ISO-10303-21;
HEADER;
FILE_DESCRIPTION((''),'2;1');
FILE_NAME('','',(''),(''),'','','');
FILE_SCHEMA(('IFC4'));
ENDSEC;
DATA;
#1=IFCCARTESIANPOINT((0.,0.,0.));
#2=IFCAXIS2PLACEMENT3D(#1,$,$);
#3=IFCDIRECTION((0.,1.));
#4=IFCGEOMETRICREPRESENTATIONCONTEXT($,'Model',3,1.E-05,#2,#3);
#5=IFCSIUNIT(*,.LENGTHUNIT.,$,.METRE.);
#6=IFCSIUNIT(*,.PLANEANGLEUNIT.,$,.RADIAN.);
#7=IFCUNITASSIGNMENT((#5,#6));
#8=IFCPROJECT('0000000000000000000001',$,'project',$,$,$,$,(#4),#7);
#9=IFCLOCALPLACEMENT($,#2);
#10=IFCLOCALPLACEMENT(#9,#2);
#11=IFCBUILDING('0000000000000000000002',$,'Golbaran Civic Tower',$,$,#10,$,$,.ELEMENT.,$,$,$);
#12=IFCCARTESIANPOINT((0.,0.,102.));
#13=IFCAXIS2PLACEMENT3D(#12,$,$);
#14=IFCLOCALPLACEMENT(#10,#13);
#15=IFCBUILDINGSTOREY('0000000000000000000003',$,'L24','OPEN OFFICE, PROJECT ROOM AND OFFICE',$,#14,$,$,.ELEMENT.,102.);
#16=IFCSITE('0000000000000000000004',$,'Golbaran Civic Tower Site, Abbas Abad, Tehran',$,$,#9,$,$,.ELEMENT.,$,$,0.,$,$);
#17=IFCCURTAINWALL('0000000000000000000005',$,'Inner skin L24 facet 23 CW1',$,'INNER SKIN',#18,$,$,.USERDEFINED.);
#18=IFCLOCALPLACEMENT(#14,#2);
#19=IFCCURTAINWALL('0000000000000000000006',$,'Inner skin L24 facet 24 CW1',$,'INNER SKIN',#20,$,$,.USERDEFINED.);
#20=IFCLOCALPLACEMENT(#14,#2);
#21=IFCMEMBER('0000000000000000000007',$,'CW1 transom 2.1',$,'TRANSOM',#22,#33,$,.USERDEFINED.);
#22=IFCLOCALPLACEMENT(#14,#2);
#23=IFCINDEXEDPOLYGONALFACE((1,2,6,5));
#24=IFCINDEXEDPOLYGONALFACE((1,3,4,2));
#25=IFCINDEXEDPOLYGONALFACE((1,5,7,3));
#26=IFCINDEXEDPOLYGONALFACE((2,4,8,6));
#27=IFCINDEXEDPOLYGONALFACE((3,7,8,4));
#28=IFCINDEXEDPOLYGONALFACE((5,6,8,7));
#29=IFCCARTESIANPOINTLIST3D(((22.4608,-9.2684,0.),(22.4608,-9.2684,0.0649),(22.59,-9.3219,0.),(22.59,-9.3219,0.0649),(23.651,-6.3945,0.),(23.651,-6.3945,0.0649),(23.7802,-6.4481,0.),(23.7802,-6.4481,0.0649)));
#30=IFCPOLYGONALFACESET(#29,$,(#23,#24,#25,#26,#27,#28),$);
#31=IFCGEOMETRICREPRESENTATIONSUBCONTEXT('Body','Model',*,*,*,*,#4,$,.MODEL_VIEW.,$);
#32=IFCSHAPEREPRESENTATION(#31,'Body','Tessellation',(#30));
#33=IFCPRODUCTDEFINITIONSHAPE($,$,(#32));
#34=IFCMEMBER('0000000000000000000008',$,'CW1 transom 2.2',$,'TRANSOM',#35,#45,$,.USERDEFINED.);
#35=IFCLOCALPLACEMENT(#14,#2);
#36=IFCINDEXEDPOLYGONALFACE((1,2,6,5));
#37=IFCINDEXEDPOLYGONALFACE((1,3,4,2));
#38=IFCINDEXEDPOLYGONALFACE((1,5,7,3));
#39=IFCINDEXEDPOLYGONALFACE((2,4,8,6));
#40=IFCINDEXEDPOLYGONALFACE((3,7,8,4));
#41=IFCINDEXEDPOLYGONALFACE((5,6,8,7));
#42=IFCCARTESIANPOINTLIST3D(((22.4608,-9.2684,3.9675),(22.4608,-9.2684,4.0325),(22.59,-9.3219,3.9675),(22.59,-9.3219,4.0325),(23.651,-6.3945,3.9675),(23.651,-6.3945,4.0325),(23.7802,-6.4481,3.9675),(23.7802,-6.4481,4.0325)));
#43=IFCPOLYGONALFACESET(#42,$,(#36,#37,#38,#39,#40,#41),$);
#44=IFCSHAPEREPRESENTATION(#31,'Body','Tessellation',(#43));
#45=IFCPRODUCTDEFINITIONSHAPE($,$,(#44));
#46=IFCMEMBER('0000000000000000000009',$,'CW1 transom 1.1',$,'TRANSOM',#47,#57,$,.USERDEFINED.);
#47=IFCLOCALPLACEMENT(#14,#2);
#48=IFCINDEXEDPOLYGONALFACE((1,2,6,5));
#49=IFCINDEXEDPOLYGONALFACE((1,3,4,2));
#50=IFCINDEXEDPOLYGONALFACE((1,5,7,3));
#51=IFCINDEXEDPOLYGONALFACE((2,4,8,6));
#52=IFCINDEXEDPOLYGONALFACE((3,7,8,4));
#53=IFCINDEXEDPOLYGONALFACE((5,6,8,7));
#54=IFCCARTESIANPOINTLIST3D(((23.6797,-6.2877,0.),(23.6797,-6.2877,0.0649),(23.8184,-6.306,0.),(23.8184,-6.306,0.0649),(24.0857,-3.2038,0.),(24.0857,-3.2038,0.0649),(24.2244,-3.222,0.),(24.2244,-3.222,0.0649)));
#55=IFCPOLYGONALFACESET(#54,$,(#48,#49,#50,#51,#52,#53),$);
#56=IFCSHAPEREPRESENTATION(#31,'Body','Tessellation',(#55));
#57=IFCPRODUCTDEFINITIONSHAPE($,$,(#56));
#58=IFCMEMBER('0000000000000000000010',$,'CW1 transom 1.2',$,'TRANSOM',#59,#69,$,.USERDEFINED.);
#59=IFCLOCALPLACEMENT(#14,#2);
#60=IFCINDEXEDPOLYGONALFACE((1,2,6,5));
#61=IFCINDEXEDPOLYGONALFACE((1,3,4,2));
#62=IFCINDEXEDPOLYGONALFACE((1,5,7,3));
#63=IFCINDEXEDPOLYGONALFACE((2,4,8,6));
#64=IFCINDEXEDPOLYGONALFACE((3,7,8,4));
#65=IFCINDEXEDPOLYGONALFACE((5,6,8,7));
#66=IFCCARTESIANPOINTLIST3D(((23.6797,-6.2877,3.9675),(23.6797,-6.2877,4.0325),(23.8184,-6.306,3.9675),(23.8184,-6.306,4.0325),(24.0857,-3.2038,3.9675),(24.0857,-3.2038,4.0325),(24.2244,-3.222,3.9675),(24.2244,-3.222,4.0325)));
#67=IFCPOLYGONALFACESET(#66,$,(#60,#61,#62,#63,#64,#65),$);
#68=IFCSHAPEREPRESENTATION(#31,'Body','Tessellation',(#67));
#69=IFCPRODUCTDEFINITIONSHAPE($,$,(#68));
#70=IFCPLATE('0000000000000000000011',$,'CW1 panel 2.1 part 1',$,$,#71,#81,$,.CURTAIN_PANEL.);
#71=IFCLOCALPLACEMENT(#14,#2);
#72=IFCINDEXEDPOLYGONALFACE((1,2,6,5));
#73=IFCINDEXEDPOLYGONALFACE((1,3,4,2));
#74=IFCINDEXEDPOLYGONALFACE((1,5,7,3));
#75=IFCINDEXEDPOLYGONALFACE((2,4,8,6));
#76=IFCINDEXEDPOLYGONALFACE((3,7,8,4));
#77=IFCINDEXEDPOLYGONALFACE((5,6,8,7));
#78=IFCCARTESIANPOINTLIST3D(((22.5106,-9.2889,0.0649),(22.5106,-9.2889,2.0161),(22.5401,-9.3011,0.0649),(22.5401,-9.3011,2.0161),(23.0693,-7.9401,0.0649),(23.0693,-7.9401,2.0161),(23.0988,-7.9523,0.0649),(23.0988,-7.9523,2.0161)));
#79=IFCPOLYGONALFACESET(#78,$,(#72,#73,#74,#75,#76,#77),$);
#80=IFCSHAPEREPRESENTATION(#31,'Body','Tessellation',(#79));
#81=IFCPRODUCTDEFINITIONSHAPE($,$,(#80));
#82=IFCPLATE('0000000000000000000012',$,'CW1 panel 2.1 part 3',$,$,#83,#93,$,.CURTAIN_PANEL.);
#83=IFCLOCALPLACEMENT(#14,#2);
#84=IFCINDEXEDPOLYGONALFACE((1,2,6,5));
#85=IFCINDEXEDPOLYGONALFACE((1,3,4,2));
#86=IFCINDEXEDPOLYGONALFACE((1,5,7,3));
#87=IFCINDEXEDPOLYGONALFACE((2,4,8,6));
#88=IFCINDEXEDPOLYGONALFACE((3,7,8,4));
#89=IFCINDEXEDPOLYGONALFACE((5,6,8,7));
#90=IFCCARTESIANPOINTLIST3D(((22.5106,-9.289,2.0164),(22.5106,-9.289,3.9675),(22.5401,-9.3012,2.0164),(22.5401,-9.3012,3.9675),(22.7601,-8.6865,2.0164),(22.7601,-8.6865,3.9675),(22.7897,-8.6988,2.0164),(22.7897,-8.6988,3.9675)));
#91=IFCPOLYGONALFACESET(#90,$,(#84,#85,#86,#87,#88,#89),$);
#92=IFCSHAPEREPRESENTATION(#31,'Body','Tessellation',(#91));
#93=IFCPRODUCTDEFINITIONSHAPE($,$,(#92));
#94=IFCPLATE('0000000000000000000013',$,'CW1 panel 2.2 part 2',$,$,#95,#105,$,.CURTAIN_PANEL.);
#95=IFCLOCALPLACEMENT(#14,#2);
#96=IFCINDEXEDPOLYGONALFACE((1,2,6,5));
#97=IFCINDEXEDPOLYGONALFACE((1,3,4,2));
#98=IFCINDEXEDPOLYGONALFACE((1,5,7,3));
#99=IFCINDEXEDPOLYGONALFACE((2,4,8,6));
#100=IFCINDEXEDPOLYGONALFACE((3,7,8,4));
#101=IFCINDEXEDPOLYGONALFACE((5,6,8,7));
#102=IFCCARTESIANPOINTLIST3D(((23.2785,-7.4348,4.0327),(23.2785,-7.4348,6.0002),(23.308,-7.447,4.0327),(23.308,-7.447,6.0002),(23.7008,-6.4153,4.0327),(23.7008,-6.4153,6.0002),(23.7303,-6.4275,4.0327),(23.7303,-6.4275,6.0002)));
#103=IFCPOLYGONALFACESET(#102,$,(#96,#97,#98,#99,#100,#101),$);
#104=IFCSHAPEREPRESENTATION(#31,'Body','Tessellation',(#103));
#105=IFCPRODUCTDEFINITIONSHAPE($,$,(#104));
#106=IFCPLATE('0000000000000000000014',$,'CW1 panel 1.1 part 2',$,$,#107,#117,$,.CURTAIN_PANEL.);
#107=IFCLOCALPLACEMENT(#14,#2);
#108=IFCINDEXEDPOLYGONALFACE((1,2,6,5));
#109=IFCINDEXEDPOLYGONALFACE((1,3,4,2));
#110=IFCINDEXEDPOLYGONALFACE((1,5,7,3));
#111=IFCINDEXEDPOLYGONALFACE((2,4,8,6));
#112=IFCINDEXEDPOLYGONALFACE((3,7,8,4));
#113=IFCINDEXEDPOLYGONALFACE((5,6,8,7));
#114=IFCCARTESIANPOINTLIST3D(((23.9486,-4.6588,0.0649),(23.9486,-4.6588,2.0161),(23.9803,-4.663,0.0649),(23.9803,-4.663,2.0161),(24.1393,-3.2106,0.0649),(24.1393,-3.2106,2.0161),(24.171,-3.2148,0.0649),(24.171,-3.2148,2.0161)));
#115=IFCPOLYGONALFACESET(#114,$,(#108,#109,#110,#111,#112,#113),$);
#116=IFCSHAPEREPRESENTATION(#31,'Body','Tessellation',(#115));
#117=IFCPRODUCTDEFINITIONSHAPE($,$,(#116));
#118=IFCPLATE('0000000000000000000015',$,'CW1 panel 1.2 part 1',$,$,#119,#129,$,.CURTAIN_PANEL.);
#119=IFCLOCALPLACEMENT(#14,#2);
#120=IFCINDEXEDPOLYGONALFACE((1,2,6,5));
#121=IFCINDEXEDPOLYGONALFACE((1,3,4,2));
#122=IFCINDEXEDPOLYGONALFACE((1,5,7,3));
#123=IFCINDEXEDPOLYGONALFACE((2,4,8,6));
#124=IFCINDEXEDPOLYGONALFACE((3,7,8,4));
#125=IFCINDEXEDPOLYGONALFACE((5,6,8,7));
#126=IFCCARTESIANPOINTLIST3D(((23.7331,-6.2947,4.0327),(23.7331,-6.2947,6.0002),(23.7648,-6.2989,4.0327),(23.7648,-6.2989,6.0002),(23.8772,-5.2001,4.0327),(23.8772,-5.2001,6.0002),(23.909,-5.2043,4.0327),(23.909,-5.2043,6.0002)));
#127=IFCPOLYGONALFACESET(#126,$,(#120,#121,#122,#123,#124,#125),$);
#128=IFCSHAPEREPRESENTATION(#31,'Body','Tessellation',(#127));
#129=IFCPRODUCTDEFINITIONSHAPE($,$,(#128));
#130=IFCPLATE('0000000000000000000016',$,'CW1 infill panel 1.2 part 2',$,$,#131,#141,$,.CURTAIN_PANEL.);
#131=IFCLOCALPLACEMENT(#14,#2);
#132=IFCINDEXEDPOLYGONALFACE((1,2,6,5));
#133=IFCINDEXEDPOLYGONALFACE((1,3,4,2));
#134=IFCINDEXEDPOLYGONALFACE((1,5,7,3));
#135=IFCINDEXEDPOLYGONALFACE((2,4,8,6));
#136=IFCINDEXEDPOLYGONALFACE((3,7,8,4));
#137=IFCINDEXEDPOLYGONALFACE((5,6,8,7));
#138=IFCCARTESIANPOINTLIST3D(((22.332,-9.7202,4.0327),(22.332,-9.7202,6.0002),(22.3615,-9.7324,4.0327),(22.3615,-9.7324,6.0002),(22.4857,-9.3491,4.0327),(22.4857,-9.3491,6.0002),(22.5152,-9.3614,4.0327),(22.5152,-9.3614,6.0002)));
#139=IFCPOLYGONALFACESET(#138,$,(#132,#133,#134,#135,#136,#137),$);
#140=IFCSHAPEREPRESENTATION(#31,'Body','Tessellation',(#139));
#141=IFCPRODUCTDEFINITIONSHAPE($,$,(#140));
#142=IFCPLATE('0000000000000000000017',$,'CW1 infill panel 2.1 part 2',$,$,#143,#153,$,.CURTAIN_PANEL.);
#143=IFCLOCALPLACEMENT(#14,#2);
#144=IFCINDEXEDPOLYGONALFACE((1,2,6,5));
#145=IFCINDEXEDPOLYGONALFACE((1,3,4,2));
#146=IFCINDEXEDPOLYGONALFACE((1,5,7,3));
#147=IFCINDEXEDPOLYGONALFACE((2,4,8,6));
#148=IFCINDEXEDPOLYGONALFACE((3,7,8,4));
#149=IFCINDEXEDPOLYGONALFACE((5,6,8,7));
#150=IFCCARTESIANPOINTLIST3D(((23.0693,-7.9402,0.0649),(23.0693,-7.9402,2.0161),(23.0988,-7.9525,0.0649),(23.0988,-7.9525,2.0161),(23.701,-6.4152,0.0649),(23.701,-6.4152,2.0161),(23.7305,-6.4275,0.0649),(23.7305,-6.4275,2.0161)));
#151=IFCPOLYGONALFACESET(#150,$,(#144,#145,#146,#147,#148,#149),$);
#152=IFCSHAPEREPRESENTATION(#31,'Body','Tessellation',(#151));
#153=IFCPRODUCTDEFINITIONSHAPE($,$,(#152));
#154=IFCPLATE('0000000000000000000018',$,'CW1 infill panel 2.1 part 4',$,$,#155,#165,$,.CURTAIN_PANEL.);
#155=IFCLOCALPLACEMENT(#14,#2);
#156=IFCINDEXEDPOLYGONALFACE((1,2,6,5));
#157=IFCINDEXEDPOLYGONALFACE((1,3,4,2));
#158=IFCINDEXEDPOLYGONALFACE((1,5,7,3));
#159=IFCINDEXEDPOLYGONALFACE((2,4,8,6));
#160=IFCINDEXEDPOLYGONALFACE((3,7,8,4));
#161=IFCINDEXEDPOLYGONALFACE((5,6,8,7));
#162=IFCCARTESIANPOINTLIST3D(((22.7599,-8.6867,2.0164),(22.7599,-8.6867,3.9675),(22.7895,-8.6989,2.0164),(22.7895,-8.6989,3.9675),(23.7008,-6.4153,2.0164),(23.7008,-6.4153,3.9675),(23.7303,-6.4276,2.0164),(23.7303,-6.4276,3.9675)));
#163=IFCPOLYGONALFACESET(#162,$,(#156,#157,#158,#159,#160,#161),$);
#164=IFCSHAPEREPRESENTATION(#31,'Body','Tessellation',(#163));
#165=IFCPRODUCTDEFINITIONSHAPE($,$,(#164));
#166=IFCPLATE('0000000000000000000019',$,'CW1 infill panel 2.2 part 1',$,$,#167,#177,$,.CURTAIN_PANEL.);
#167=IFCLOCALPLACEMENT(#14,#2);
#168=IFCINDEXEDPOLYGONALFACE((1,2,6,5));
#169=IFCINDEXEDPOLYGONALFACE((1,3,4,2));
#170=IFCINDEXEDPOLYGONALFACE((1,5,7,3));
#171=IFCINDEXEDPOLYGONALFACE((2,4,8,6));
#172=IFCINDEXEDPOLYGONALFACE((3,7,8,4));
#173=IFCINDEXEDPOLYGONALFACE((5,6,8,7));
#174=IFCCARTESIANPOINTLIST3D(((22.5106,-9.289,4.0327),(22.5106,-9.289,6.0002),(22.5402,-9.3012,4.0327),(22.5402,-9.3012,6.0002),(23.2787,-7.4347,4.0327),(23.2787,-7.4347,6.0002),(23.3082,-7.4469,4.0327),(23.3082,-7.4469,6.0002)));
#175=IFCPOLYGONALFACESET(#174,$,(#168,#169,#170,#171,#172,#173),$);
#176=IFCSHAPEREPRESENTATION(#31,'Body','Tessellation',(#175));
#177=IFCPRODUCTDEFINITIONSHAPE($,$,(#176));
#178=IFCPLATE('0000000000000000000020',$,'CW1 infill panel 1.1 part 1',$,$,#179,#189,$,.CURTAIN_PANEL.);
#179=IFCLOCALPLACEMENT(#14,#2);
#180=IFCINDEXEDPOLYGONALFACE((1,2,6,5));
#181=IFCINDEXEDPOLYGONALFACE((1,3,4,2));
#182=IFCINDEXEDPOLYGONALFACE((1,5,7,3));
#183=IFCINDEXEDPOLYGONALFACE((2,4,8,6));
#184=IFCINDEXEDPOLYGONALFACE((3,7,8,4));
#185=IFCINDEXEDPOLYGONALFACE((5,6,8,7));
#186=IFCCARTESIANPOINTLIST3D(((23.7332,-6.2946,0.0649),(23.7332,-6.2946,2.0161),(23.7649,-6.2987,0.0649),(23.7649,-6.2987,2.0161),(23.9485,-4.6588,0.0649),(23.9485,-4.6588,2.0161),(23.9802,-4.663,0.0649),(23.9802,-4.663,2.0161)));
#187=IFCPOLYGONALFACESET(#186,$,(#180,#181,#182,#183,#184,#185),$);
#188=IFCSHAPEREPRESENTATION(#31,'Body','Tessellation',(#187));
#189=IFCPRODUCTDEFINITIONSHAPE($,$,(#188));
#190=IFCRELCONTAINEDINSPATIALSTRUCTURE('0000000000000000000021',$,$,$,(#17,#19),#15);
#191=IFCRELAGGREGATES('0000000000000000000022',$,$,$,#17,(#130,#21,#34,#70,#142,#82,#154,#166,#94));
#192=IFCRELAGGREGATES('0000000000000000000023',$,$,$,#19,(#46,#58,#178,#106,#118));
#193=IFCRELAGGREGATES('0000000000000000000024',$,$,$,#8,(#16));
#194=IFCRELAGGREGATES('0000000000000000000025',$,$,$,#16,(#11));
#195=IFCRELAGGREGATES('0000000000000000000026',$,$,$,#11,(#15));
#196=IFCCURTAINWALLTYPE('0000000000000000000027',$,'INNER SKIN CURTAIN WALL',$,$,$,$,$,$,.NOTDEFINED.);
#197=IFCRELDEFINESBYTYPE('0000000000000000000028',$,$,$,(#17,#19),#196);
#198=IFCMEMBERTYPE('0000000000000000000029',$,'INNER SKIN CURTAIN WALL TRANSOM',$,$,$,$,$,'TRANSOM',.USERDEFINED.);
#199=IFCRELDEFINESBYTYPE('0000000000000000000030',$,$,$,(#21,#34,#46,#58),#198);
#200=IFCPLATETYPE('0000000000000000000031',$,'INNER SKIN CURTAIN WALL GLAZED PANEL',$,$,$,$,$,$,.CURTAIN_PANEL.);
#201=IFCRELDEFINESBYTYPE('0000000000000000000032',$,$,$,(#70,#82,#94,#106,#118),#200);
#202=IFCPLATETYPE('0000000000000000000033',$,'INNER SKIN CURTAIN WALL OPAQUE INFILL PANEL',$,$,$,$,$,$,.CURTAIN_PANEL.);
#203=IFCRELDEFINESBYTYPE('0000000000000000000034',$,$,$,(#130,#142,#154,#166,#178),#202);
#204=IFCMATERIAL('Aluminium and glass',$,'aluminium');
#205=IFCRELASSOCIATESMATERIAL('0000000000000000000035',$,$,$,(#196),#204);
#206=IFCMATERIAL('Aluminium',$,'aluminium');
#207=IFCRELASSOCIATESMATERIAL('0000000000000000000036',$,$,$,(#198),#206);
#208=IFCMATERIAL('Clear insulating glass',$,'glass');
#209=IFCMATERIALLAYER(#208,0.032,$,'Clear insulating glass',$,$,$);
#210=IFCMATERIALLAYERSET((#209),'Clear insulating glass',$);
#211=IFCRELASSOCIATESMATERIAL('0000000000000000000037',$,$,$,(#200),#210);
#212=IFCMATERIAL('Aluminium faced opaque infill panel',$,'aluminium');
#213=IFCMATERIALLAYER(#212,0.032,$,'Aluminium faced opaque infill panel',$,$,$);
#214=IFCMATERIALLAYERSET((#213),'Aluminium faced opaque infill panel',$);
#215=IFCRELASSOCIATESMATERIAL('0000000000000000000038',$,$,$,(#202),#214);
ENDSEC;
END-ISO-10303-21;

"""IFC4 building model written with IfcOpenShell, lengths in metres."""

from ifc_helpers import new_model, si_unit, direction, frame, origin, origin_2d, place, context, subcontext, project, spatial, rectangle, extrude, material, layer, layer_set, material_profile, profile_set, type_object, element, aggregate, save


model = new_model("IFC4")

# Units and contexts
model_context = context("Model", 3, precision=1e-05, world=origin(), true_north=direction((0.0, 1.0)))
body_context = subcontext(model_context, "Body", "Model", "MODEL_VIEW")
ifc_project = project(units=[si_unit("LENGTHUNIT", "METRE"), si_unit("PLANEANGLEUNIT", "RADIAN")], contexts=[model_context])

# Site, building, storey
site_placement = place(None, origin())
site = spatial("IfcSite", under=ifc_project, at=site_placement, Name="Golbaran Civic Tower Site, Abbas Abad, Tehran", CompositionType="ELEMENT", RefElevation=0.0)
building_placement = place(site_placement, origin())
building = spatial("IfcBuilding", under=site, at=building_placement, Name="Golbaran Civic Tower", CompositionType="ELEMENT")
storey_placement = place(building_placement, frame((0.0, 0.0, 102.0)))
storey = spatial("IfcBuildingStorey", under=building, at=storey_placement, Name="L24", Description="OPEN OFFICE, PROJECT ROOM AND OFFICE", CompositionType="ELEMENT", Elevation=102.0)

# Curtain wall
ifc_material_1 = material(Name="Aluminium and glass", Category="aluminium")
curtain_wall_type = type_object("IfcCurtainWallType", Name="INNER SKIN CURTAIN WALL", PredefinedType="NOTDEFINED", material=ifc_material_1)
curtain_wall_1_placement = place(storey_placement, origin())
curtain_wall_1 = element("IfcCurtainWall", 1, at=curtain_wall_1_placement, inside=storey, type_object=curtain_wall_type, Name="Inner skin L24 facet 23 CW1", ObjectType="INNER SKIN", PredefinedType="USERDEFINED")
ifc_material_2 = material(Name="Aluminium", Category="aluminium")

# Curtain wall
curtain_wall_2_placement = place(storey_placement, origin())
curtain_wall_2 = element("IfcCurtainWall", 2, at=curtain_wall_2_placement, inside=storey, type_object=curtain_wall_type, Name="Inner skin L24 facet 24 CW1", ObjectType="INNER SKIN", PredefinedType="USERDEFINED")

# Members
ifc_material_profile_1 = material_profile(ifc_material_2, rectangle(XDim=0.1399, YDim=0.0649, at=origin_2d()), Name="INNER SKIN CURTAIN WALL TRANSOM")
ifc_profile_set_1 = profile_set([ifc_material_profile_1], Name="Aluminium")
member_type_1 = type_object("IfcMemberType", Name="INNER SKIN CURTAIN WALL TRANSOM", ElementType="TRANSOM", PredefinedType="USERDEFINED", material=ifc_profile_set_1)
member_1_placement = place(storey_placement, frame((22.5254, -9.2952, 0.0325), z_axis=(0.382636, 0.923899, 0.0), x_axis=(-0.923899, 0.382636, 0.0)))
member_1 = element("IfcMember", 3, at=member_1_placement, type_object=member_type_1, Name="CW1 transom 2.1", ObjectType="TRANSOM", PredefinedType="USERDEFINED", context=body_context, shape_type="SweptSolid", body=[
    extrude(rectangle(XDim=0.1399, YDim=0.0649, at=origin_2d()), origin(), (0.0, 0.0, 1.0), 3.1106),
])
member_2_placement = place(storey_placement, frame((22.5254, -9.2952, 4.0), z_axis=(0.382636, 0.923899, 0.0), x_axis=(-0.923899, 0.382636, 0.0)))
member_2 = element("IfcMember", 4, at=member_2_placement, type_object=member_type_1, Name="CW1 transom 2.2", ObjectType="TRANSOM", PredefinedType="USERDEFINED", context=body_context, shape_type="SweptSolid", body=[
    extrude(rectangle(XDim=0.1399, YDim=0.0649, at=origin_2d()), origin(), (0.0, 0.0, 1.0), 3.1106),
])
member_3_placement = place(storey_placement, frame((23.749, -6.2969, 0.0325), z_axis=(0.130524, 0.991445, 0.0), x_axis=(-0.991445, 0.130524, 0.0)))
member_3 = element("IfcMember", 5, at=member_3_placement, type_object=member_type_1, Name="CW1 transom 1.1", ObjectType="TRANSOM", PredefinedType="USERDEFINED", context=body_context, shape_type="SweptSolid", body=[
    extrude(rectangle(XDim=0.1399, YDim=0.0649, at=origin_2d()), origin(), (0.0, 0.0, 1.0), 3.1106),
])
member_4_placement = place(storey_placement, frame((23.749, -6.2969, 4.0), z_axis=(0.130524, 0.991445, 0.0), x_axis=(-0.991445, 0.130524, 0.0)))
member_4 = element("IfcMember", 6, at=member_4_placement, type_object=member_type_1, Name="CW1 transom 1.2", ObjectType="TRANSOM", PredefinedType="USERDEFINED", context=body_context, shape_type="SweptSolid", body=[
    extrude(rectangle(XDim=0.1399, YDim=0.0649, at=origin_2d()), origin(), (0.0, 0.0, 1.0), 3.1106),
])

# Plates
ifc_material_3 = material(Name="Clear insulating glass", Category="glass")
ifc_layer_1 = layer(ifc_material_3, 0.032, Name="Clear insulating glass")
ifc_layer_set_1 = layer_set([ifc_layer_1], Name="Clear insulating glass")
plate_type_1 = type_object("IfcPlateType", Name="INNER SKIN CURTAIN WALL GLAZED PANEL", PredefinedType="CURTAIN_PANEL", material=ifc_layer_set_1)
plate_1_placement = place(storey_placement, frame((22.8047, -8.6206, 0.0649), z_axis=(0.0, 0.0, 1.0), x_axis=(0.382683, 0.92388, 0.0)))
plate_1 = element("IfcPlate", 7, at=plate_1_placement, type_object=plate_type_1, Name="CW1 panel 2.1 part 1", PredefinedType="CURTAIN_PANEL", context=body_context, shape_type="SweptSolid", body=[
    extrude(rectangle(XDim=1.46, YDim=0.032, at=origin_2d()), origin(), (0.0, 0.0, 1.0), 1.9512),
])
plate_2_placement = place(storey_placement, frame((22.6501, -8.9939, 2.0164), z_axis=(0.0, 0.0, 1.0), x_axis=(0.382683, 0.92388, 0.0)))
plate_2 = element("IfcPlate", 8, at=plate_2_placement, type_object=plate_type_1, Name="CW1 panel 2.1 part 3", PredefinedType="CURTAIN_PANEL", context=body_context, shape_type="SweptSolid", body=[
    extrude(rectangle(XDim=0.6521, YDim=0.032, at=origin_2d()), origin(), (0.0, 0.0, 1.0), 1.9512),
])
plate_3_placement = place(storey_placement, frame((23.5044, -6.9312, 4.0327), z_axis=(0.0, 0.0, 1.0), x_axis=(0.382683, 0.92388, 0.0)))
plate_3 = element("IfcPlate", 9, at=plate_3_placement, type_object=plate_type_1, Name="CW1 panel 2.2 part 2", PredefinedType="CURTAIN_PANEL", context=body_context, shape_type="SweptSolid", body=[
    extrude(rectangle(XDim=1.1035, YDim=0.032, at=origin_2d()), origin(), (0.0, 0.0, 1.0), 1.9675),
])
plate_4_placement = place(storey_placement, frame((24.0598, -3.9368, 0.0649), z_axis=(0.0, 0.0, 1.0), x_axis=(0.130526, 0.991445, 0.0)))
plate_4 = element("IfcPlate", 10, at=plate_4_placement, type_object=plate_type_1, Name="CW1 panel 1.1 part 2", PredefinedType="CURTAIN_PANEL", context=body_context, shape_type="SweptSolid", body=[
    extrude(rectangle(XDim=1.4607, YDim=0.032, at=origin_2d()), origin(), (0.0, 0.0, 1.0), 1.9512),
])
plate_5_placement = place(storey_placement, frame((23.821, -5.7495, 4.0327), z_axis=(0.0, 0.0, 1.0), x_axis=(0.130526, 0.991445, 0.0)))
plate_5 = element("IfcPlate", 11, at=plate_5_placement, type_object=plate_type_1, Name="CW1 panel 1.2 part 1", PredefinedType="CURTAIN_PANEL", context=body_context, shape_type="SweptSolid", body=[
    extrude(rectangle(XDim=1.104, YDim=0.032, at=origin_2d()), origin(), (0.0, 0.0, 1.0), 1.9675),
])
ifc_material_4 = material(Name="Aluminium faced opaque infill panel", Category="aluminium")
ifc_layer_2 = layer(ifc_material_4, 0.032, Name="Aluminium faced opaque infill panel")
ifc_layer_set_2 = layer_set([ifc_layer_2], Name="Aluminium faced opaque infill panel")
plate_type_2 = type_object("IfcPlateType", Name="INNER SKIN CURTAIN WALL OPAQUE INFILL PANEL", PredefinedType="CURTAIN_PANEL", material=ifc_layer_set_2)
plate_6_placement = place(storey_placement, frame((22.4236, -9.5408, 4.0327), z_axis=(0.0, 0.0, 1.0), x_axis=(0.382683, 0.92388, 0.0)))
plate_6 = element("IfcPlate", 12, at=plate_6_placement, type_object=plate_type_2, Name="CW1 infill panel 1.2 part 2", PredefinedType="CURTAIN_PANEL", context=body_context, shape_type="SweptSolid", body=[
    extrude(rectangle(XDim=0.4016, YDim=0.032, at=origin_2d()), origin(), (0.0, 0.0, 1.0), 1.9675),
])
plate_7_placement = place(storey_placement, frame((23.3999, -7.1838, 0.0649), z_axis=(0.0, 0.0, 1.0), x_axis=(0.382683, 0.92388, 0.0)))
plate_7 = element("IfcPlate", 13, at=plate_7_placement, type_object=plate_type_2, Name="CW1 infill panel 2.1 part 2", PredefinedType="CURTAIN_PANEL", context=body_context, shape_type="SweptSolid", body=[
    extrude(rectangle(XDim=1.6506, YDim=0.032, at=origin_2d()), origin(), (0.0, 0.0, 1.0), 1.9512),
])
plate_8_placement = place(storey_placement, frame((23.2451, -7.5571, 2.0164), z_axis=(0.0, 0.0, 1.0), x_axis=(0.382683, 0.92388, 0.0)))
plate_8 = element("IfcPlate", 14, at=plate_8_placement, type_object=plate_type_2, Name="CW1 infill panel 2.1 part 4", PredefinedType="CURTAIN_PANEL", context=body_context, shape_type="SweptSolid", body=[
    extrude(rectangle(XDim=2.4585, YDim=0.032, at=origin_2d()), origin(), (0.0, 0.0, 1.0), 1.9512),
])
plate_9_placement = place(storey_placement, frame((22.9094, -8.3679, 4.0327), z_axis=(0.0, 0.0, 1.0), x_axis=(0.382683, 0.92388, 0.0)))
plate_9 = element("IfcPlate", 15, at=plate_9_placement, type_object=plate_type_2, Name="CW1 infill panel 2.2 part 1", PredefinedType="CURTAIN_PANEL", context=body_context, shape_type="SweptSolid", body=[
    extrude(rectangle(XDim=2.0071, YDim=0.032, at=origin_2d()), origin(), (0.0, 0.0, 1.0), 1.9675),
])
aggregate(curtain_wall_1, [plate_6, member_1, member_2, plate_1, plate_7, plate_2, plate_8, plate_9, plate_3])
plate_10_placement = place(storey_placement, frame((23.8567, -5.4788, 0.0649), z_axis=(0.0, 0.0, 1.0), x_axis=(0.130526, 0.991445, 0.0)))
plate_10 = element("IfcPlate", 16, at=plate_10_placement, type_object=plate_type_2, Name="CW1 infill panel 1.1 part 1", PredefinedType="CURTAIN_PANEL", context=body_context, shape_type="SweptSolid", body=[
    extrude(rectangle(XDim=1.6499, YDim=0.032, at=origin_2d()), origin(), (0.0, 0.0, 1.0), 1.9512),
])
aggregate(curtain_wall_2, [member_3, member_4, plate_10, plate_4, plate_5])

save(model, "model.ifc")
